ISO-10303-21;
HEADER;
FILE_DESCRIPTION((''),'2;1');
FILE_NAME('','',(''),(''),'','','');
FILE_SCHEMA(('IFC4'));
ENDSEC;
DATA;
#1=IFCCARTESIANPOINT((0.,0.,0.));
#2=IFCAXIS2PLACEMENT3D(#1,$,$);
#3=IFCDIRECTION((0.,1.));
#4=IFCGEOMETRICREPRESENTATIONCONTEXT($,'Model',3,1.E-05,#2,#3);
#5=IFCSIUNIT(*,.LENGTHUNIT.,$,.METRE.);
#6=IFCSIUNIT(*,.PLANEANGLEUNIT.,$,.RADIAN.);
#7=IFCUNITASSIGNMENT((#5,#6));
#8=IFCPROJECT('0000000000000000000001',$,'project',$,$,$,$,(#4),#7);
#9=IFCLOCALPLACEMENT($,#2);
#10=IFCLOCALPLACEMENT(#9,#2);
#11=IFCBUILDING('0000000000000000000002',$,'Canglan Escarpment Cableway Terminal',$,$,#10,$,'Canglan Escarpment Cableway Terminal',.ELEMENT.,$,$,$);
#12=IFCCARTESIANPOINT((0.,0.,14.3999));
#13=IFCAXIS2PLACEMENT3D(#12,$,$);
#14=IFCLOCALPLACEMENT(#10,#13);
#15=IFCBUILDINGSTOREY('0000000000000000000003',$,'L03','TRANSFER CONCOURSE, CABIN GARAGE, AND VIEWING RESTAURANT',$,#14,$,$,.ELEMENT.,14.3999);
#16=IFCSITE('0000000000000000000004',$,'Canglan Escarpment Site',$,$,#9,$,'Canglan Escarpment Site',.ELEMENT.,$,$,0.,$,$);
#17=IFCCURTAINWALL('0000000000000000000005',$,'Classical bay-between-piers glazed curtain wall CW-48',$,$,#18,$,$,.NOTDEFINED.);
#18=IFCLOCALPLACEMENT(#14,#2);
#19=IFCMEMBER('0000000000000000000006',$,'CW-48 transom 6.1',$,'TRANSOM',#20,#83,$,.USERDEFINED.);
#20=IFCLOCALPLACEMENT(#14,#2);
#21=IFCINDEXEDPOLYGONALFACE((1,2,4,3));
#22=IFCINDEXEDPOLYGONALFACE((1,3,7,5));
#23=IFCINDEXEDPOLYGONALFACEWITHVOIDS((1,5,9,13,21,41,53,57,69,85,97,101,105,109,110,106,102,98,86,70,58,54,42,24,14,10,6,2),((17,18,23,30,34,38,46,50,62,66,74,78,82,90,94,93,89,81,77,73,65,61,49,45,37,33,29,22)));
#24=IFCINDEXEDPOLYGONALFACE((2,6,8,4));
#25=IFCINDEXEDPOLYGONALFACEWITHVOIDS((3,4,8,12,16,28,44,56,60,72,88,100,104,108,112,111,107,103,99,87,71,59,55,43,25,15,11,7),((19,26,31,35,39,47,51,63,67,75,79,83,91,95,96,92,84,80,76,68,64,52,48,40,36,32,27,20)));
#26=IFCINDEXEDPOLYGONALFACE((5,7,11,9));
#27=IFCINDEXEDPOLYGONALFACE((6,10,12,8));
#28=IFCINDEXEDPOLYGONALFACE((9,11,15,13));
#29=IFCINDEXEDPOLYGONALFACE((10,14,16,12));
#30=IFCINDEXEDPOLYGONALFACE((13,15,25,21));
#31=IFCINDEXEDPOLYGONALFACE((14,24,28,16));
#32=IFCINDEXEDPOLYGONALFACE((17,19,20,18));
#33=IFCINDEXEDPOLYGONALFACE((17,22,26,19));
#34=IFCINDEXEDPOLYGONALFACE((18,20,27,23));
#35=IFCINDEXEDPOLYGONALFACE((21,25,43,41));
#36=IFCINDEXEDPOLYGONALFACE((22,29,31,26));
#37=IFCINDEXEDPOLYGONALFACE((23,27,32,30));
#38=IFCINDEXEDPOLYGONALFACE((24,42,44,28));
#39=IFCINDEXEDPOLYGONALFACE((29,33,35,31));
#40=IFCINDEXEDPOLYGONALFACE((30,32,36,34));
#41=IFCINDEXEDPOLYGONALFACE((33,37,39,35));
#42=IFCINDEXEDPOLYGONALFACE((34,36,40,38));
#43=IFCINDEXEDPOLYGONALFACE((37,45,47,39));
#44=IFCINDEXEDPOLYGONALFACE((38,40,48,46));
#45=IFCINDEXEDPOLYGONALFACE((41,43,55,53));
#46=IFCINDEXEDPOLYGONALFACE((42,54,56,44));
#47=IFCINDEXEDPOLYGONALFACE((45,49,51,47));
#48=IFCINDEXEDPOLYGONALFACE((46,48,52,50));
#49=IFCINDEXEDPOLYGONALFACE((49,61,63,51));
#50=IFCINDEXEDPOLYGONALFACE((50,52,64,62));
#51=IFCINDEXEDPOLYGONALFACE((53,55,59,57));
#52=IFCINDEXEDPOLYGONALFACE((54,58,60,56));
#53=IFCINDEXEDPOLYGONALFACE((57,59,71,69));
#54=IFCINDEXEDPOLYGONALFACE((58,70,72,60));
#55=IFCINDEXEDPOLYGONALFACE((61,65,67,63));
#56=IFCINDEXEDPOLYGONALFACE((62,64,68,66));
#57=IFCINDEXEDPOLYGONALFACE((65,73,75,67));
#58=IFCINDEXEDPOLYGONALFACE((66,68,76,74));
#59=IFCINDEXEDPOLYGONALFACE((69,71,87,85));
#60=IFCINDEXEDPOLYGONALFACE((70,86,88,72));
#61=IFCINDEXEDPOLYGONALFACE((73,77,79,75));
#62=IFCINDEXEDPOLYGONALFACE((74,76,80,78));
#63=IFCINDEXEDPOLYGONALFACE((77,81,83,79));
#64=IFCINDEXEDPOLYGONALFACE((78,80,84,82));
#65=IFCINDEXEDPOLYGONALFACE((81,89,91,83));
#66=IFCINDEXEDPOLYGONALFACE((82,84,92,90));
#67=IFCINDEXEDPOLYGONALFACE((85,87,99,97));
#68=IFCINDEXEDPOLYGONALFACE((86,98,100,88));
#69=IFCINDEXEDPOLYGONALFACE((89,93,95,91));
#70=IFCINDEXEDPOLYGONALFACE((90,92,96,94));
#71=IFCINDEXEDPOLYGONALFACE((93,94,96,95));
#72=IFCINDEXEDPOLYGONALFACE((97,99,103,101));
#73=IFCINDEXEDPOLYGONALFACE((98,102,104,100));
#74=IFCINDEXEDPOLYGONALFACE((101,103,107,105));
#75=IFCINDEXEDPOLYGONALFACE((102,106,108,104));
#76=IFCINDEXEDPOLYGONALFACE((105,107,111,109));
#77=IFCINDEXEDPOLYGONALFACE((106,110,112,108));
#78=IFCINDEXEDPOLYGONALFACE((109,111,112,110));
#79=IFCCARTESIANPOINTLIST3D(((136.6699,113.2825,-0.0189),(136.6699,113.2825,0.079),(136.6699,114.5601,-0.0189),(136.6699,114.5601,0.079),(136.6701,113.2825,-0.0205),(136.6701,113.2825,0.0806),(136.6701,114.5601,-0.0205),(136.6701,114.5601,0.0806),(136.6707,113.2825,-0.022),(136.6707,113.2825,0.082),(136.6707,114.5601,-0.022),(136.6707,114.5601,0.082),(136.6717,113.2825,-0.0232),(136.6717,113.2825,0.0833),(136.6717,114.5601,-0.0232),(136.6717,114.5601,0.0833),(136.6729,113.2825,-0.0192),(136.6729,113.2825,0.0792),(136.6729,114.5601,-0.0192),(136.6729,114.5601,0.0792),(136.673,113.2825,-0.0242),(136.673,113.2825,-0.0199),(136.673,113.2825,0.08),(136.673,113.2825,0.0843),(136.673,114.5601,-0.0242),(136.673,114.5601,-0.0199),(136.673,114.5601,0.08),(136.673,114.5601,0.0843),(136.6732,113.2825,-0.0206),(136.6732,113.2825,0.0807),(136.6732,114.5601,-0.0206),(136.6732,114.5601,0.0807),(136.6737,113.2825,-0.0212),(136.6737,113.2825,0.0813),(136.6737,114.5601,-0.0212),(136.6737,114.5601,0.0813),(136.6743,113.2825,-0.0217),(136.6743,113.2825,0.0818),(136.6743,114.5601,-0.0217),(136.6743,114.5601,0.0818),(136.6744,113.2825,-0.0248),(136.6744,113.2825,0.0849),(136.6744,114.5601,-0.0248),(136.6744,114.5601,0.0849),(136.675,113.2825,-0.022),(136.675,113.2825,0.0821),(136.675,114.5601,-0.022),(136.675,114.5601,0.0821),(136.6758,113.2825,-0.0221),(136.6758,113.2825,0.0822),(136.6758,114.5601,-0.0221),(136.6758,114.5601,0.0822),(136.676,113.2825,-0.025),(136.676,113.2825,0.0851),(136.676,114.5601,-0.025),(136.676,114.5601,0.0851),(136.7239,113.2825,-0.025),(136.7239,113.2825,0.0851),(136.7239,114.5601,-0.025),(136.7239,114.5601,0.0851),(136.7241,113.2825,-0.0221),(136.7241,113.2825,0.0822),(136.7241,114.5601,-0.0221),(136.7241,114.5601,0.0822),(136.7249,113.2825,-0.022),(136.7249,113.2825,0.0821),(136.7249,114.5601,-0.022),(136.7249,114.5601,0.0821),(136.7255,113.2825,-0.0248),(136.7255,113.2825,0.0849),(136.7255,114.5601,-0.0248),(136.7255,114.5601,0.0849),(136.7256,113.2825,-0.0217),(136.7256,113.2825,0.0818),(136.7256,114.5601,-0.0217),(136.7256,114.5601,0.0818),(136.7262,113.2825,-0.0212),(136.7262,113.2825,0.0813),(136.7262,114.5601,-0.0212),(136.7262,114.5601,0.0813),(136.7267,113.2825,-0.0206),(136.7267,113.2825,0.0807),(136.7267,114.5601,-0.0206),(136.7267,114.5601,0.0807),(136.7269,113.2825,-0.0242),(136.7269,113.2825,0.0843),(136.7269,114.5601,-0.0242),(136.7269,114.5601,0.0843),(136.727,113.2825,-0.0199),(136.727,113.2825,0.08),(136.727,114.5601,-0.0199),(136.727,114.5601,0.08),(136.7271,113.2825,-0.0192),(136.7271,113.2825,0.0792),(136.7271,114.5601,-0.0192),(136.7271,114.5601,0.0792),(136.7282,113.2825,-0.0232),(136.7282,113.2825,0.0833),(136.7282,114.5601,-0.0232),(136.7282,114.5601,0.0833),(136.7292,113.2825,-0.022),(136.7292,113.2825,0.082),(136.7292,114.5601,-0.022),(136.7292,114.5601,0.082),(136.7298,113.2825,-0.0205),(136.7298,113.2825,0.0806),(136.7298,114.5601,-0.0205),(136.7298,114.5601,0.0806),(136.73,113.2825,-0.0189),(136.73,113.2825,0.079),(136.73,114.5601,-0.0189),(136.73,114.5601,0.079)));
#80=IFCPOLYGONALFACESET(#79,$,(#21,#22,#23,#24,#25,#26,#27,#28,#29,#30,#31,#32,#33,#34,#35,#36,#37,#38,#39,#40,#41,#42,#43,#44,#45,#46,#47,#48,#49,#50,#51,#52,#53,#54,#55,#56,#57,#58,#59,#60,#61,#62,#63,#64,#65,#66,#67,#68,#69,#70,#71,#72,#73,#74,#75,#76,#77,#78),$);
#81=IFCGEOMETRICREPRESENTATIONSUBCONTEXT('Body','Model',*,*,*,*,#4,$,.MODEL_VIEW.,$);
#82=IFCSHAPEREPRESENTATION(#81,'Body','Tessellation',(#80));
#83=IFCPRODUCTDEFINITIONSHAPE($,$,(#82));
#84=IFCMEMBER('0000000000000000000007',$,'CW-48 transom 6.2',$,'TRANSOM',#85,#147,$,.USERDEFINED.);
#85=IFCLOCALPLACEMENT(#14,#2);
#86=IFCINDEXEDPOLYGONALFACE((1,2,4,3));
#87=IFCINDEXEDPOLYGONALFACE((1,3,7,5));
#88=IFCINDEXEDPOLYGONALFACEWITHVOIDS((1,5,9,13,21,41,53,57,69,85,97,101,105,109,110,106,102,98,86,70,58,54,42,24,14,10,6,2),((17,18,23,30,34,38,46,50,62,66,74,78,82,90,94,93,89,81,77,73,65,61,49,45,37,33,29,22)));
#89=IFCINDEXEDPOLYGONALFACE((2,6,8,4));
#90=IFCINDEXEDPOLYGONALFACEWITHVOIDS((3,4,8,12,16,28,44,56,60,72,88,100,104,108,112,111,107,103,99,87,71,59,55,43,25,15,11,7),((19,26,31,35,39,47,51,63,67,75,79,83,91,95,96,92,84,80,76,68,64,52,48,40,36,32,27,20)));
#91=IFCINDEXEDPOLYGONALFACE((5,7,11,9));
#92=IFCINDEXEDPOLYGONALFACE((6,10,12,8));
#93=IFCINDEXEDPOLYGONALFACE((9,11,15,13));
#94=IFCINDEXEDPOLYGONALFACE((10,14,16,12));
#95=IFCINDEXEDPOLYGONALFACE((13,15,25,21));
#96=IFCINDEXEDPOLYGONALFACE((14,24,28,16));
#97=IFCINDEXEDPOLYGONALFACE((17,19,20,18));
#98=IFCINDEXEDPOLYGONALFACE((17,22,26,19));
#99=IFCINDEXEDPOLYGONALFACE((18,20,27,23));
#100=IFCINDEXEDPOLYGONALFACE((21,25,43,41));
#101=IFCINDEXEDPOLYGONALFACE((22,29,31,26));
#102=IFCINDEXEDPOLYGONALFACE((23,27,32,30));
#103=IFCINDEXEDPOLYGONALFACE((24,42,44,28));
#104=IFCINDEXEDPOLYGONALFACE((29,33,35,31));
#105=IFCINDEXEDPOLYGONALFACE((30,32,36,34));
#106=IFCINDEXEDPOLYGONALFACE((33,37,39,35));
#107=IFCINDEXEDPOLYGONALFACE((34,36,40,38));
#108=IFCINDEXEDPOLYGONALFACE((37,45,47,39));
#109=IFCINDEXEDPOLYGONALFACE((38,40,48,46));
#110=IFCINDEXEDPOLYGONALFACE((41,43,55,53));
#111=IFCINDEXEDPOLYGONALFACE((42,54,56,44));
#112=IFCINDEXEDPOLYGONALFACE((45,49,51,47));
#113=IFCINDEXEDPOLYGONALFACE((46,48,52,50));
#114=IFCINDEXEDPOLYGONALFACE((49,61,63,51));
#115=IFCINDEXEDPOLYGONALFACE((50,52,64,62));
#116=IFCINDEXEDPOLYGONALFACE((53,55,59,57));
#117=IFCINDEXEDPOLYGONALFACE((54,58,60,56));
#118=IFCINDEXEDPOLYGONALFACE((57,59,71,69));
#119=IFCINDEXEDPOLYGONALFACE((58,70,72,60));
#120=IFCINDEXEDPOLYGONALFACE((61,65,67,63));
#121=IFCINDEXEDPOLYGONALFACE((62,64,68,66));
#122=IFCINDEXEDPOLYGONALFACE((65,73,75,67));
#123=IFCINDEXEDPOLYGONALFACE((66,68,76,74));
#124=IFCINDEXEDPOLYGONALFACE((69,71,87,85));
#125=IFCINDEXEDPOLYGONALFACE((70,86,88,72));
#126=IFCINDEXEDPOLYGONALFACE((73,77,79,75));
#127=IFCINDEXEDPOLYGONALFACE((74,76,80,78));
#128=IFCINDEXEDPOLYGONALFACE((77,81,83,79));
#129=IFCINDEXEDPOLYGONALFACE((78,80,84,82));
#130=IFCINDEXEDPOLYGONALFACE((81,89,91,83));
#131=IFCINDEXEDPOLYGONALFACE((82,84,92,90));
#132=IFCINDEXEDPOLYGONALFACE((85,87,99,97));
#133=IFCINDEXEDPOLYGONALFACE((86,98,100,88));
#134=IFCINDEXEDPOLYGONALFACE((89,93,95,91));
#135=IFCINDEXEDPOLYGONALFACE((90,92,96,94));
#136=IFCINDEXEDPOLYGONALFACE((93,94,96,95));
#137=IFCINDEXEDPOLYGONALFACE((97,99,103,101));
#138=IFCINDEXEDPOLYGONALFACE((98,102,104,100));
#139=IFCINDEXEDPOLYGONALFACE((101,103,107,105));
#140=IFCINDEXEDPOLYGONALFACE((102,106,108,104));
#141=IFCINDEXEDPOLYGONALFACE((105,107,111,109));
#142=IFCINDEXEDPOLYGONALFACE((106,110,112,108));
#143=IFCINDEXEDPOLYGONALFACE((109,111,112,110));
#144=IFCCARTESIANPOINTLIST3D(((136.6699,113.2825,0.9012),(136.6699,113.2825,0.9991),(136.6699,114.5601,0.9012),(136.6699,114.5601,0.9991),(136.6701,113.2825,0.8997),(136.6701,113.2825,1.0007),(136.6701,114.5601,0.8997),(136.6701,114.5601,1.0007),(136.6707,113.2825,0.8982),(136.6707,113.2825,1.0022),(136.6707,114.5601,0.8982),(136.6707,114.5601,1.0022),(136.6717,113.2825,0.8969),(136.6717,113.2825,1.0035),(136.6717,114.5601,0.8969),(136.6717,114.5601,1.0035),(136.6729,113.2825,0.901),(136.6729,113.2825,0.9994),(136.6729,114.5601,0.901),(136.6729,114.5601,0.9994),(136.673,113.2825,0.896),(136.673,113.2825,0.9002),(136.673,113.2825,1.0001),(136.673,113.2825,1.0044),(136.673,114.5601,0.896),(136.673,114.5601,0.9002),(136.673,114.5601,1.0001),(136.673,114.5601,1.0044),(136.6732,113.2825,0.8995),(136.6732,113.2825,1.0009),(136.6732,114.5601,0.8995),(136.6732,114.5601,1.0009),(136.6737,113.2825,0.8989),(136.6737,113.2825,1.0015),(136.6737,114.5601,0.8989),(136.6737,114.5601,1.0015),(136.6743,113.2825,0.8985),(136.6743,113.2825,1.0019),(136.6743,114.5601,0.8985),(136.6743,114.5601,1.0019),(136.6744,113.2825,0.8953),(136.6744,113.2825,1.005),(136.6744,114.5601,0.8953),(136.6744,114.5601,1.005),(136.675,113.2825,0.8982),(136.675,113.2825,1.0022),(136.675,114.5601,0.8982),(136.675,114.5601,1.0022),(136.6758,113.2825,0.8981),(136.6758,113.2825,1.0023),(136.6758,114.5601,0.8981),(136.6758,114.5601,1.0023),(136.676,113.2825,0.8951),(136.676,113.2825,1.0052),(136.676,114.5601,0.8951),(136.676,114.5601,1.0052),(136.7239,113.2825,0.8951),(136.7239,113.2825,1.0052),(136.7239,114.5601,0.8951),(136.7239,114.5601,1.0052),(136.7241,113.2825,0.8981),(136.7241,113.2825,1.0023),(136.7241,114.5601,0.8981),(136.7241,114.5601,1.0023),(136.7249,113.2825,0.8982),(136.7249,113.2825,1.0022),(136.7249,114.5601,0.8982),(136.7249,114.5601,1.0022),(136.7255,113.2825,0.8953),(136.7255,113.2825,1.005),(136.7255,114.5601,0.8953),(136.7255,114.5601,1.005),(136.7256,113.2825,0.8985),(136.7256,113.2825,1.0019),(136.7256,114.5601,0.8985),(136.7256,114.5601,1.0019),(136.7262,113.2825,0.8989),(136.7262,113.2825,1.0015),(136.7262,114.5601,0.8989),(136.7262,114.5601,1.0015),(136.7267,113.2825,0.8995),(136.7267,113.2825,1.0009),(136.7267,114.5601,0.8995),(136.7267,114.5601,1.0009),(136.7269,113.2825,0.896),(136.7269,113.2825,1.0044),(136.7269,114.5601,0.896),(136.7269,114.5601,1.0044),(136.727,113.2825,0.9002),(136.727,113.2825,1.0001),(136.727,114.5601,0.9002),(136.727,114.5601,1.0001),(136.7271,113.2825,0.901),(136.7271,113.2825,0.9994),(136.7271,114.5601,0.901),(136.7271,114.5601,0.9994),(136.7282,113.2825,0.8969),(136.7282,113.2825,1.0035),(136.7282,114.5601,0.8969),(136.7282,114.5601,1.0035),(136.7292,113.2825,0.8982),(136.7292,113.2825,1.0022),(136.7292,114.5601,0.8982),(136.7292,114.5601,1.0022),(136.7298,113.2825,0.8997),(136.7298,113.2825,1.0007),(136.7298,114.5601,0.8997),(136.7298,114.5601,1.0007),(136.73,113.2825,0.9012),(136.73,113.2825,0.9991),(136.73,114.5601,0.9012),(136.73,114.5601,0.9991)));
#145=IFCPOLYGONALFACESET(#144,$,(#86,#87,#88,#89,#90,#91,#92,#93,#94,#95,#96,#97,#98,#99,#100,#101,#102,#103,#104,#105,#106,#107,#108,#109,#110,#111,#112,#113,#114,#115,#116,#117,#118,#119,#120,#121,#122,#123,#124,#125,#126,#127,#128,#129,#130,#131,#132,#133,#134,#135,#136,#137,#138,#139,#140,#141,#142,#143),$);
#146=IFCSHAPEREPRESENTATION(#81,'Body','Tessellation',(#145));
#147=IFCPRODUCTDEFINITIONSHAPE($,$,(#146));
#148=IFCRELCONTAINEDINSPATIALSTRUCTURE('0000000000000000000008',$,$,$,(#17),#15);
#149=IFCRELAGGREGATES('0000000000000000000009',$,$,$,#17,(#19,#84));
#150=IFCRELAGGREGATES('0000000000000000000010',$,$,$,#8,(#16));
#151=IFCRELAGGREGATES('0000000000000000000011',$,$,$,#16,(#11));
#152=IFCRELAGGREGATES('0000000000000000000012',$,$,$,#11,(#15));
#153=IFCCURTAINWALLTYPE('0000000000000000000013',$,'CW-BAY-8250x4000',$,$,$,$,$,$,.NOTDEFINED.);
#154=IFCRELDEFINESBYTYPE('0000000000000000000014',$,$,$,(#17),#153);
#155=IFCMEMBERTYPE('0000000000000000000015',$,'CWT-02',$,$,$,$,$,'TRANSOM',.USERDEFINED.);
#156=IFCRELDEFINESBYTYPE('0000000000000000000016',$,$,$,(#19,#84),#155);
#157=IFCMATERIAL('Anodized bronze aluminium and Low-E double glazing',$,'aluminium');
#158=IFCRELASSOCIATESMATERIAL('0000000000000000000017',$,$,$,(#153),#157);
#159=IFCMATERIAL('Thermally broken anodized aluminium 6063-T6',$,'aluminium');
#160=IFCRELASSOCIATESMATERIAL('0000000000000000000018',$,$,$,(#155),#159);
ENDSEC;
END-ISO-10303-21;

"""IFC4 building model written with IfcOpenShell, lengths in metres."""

from ifc_helpers import new_model, si_unit, direction, frame, origin, origin_2d, place, context, subcontext, project, spatial, hollow_rectangle, extrude, material, material_profile, profile_set, type_object, element, aggregate, save


model = new_model("IFC4")

# Units and contexts
model_context = context("Model", 3, precision=1e-05, world=origin(), true_north=direction((0.0, 1.0)))
body_context = subcontext(model_context, "Body", "Model", "MODEL_VIEW")
ifc_project = project(units=[si_unit("LENGTHUNIT", "METRE"), si_unit("PLANEANGLEUNIT", "RADIAN")], contexts=[model_context])

# Site, building, storey
site_placement = place(None, origin())
site = spatial("IfcSite", under=ifc_project, at=site_placement, Name="Canglan Escarpment Site", LongName="Canglan Escarpment Site", CompositionType="ELEMENT", RefElevation=0.0)
building_placement = place(site_placement, origin())
building = spatial("IfcBuilding", under=site, at=building_placement, Name="Canglan Escarpment Cableway Terminal", LongName="Canglan Escarpment Cableway Terminal", CompositionType="ELEMENT")
storey_placement = place(building_placement, frame((0.0, 0.0, 14.3999)))
storey = spatial("IfcBuildingStorey", under=building, at=storey_placement, Name="L03", Description="TRANSFER CONCOURSE, CABIN GARAGE, AND VIEWING RESTAURANT", CompositionType="ELEMENT", Elevation=14.3999)

# Curtain wall, members
ifc_material_1 = material(Name="Anodized bronze aluminium and Low-E double glazing", Category="aluminium")
ifc_material_2 = material(Name="Thermally broken anodized aluminium 6063-T6", Category="aluminium")
curtain_wall_type_1 = type_object("IfcCurtainWallType", Name="CW-BAY-8250x4000", PredefinedType="NOTDEFINED", material=ifc_material_1)
curtain_wall_1_placement = place(storey_placement, origin())
curtain_wall_1 = element("IfcCurtainWall", 1, at=curtain_wall_1_placement, inside=storey, type_object=curtain_wall_type_1, Name="Classical bay-between-piers glazed curtain wall CW-48", PredefinedType="NOTDEFINED")
ifc_material_profile_1 = material_profile(ifc_material_2, hollow_rectangle(XDim=0.0601, YDim=0.1101, WallThickness=0.0029, InnerFilletRadius=0.0029, OuterFilletRadius=0.0061, at=origin_2d()), Name="ALU-TRAN 60x110x3")
ifc_profile_set_1 = profile_set([ifc_material_profile_1], Name="Thermally broken anodized aluminium 6063-T6")
member_type_1 = type_object("IfcMemberType", Name="CWT-02", ElementType="TRANSOM", PredefinedType="USERDEFINED", material=ifc_profile_set_1)
member_1_placement = place(storey_placement, frame((136.7, 113.2825, 0.03), z_axis=(0.0, 1.0, 0.0), x_axis=(-1.0, 0.0, 0.0)))
member_1 = element("IfcMember", 2, at=member_1_placement, type_object=member_type_1, Name="CW-48 transom 6.1", ObjectType="TRANSOM", PredefinedType="USERDEFINED", context=body_context, shape_type="SweptSolid", body=[
    extrude(hollow_rectangle(XDim=0.0601, YDim=0.1101, WallThickness=0.0029, InnerFilletRadius=0.0029, OuterFilletRadius=0.0061, at=origin_2d()), origin(), (0.0, 0.0, 1.0), 1.2776),
])
member_2_placement = place(storey_placement, frame((136.7, 113.2825, 0.9502), z_axis=(0.0, 1.0, 0.0), x_axis=(-1.0, 0.0, 0.0)))
member_2 = element("IfcMember", 3, at=member_2_placement, type_object=member_type_1, Name="CW-48 transom 6.2", ObjectType="TRANSOM", PredefinedType="USERDEFINED", context=body_context, shape_type="SweptSolid", body=[
    extrude(hollow_rectangle(XDim=0.0601, YDim=0.1101, WallThickness=0.0029, InnerFilletRadius=0.0029, OuterFilletRadius=0.0061, at=origin_2d()), origin(), (0.0, 0.0, 1.0), 1.2776),
])

aggregate(curtain_wall_1, [member_1, member_2])

save(model, "model.ifc")
